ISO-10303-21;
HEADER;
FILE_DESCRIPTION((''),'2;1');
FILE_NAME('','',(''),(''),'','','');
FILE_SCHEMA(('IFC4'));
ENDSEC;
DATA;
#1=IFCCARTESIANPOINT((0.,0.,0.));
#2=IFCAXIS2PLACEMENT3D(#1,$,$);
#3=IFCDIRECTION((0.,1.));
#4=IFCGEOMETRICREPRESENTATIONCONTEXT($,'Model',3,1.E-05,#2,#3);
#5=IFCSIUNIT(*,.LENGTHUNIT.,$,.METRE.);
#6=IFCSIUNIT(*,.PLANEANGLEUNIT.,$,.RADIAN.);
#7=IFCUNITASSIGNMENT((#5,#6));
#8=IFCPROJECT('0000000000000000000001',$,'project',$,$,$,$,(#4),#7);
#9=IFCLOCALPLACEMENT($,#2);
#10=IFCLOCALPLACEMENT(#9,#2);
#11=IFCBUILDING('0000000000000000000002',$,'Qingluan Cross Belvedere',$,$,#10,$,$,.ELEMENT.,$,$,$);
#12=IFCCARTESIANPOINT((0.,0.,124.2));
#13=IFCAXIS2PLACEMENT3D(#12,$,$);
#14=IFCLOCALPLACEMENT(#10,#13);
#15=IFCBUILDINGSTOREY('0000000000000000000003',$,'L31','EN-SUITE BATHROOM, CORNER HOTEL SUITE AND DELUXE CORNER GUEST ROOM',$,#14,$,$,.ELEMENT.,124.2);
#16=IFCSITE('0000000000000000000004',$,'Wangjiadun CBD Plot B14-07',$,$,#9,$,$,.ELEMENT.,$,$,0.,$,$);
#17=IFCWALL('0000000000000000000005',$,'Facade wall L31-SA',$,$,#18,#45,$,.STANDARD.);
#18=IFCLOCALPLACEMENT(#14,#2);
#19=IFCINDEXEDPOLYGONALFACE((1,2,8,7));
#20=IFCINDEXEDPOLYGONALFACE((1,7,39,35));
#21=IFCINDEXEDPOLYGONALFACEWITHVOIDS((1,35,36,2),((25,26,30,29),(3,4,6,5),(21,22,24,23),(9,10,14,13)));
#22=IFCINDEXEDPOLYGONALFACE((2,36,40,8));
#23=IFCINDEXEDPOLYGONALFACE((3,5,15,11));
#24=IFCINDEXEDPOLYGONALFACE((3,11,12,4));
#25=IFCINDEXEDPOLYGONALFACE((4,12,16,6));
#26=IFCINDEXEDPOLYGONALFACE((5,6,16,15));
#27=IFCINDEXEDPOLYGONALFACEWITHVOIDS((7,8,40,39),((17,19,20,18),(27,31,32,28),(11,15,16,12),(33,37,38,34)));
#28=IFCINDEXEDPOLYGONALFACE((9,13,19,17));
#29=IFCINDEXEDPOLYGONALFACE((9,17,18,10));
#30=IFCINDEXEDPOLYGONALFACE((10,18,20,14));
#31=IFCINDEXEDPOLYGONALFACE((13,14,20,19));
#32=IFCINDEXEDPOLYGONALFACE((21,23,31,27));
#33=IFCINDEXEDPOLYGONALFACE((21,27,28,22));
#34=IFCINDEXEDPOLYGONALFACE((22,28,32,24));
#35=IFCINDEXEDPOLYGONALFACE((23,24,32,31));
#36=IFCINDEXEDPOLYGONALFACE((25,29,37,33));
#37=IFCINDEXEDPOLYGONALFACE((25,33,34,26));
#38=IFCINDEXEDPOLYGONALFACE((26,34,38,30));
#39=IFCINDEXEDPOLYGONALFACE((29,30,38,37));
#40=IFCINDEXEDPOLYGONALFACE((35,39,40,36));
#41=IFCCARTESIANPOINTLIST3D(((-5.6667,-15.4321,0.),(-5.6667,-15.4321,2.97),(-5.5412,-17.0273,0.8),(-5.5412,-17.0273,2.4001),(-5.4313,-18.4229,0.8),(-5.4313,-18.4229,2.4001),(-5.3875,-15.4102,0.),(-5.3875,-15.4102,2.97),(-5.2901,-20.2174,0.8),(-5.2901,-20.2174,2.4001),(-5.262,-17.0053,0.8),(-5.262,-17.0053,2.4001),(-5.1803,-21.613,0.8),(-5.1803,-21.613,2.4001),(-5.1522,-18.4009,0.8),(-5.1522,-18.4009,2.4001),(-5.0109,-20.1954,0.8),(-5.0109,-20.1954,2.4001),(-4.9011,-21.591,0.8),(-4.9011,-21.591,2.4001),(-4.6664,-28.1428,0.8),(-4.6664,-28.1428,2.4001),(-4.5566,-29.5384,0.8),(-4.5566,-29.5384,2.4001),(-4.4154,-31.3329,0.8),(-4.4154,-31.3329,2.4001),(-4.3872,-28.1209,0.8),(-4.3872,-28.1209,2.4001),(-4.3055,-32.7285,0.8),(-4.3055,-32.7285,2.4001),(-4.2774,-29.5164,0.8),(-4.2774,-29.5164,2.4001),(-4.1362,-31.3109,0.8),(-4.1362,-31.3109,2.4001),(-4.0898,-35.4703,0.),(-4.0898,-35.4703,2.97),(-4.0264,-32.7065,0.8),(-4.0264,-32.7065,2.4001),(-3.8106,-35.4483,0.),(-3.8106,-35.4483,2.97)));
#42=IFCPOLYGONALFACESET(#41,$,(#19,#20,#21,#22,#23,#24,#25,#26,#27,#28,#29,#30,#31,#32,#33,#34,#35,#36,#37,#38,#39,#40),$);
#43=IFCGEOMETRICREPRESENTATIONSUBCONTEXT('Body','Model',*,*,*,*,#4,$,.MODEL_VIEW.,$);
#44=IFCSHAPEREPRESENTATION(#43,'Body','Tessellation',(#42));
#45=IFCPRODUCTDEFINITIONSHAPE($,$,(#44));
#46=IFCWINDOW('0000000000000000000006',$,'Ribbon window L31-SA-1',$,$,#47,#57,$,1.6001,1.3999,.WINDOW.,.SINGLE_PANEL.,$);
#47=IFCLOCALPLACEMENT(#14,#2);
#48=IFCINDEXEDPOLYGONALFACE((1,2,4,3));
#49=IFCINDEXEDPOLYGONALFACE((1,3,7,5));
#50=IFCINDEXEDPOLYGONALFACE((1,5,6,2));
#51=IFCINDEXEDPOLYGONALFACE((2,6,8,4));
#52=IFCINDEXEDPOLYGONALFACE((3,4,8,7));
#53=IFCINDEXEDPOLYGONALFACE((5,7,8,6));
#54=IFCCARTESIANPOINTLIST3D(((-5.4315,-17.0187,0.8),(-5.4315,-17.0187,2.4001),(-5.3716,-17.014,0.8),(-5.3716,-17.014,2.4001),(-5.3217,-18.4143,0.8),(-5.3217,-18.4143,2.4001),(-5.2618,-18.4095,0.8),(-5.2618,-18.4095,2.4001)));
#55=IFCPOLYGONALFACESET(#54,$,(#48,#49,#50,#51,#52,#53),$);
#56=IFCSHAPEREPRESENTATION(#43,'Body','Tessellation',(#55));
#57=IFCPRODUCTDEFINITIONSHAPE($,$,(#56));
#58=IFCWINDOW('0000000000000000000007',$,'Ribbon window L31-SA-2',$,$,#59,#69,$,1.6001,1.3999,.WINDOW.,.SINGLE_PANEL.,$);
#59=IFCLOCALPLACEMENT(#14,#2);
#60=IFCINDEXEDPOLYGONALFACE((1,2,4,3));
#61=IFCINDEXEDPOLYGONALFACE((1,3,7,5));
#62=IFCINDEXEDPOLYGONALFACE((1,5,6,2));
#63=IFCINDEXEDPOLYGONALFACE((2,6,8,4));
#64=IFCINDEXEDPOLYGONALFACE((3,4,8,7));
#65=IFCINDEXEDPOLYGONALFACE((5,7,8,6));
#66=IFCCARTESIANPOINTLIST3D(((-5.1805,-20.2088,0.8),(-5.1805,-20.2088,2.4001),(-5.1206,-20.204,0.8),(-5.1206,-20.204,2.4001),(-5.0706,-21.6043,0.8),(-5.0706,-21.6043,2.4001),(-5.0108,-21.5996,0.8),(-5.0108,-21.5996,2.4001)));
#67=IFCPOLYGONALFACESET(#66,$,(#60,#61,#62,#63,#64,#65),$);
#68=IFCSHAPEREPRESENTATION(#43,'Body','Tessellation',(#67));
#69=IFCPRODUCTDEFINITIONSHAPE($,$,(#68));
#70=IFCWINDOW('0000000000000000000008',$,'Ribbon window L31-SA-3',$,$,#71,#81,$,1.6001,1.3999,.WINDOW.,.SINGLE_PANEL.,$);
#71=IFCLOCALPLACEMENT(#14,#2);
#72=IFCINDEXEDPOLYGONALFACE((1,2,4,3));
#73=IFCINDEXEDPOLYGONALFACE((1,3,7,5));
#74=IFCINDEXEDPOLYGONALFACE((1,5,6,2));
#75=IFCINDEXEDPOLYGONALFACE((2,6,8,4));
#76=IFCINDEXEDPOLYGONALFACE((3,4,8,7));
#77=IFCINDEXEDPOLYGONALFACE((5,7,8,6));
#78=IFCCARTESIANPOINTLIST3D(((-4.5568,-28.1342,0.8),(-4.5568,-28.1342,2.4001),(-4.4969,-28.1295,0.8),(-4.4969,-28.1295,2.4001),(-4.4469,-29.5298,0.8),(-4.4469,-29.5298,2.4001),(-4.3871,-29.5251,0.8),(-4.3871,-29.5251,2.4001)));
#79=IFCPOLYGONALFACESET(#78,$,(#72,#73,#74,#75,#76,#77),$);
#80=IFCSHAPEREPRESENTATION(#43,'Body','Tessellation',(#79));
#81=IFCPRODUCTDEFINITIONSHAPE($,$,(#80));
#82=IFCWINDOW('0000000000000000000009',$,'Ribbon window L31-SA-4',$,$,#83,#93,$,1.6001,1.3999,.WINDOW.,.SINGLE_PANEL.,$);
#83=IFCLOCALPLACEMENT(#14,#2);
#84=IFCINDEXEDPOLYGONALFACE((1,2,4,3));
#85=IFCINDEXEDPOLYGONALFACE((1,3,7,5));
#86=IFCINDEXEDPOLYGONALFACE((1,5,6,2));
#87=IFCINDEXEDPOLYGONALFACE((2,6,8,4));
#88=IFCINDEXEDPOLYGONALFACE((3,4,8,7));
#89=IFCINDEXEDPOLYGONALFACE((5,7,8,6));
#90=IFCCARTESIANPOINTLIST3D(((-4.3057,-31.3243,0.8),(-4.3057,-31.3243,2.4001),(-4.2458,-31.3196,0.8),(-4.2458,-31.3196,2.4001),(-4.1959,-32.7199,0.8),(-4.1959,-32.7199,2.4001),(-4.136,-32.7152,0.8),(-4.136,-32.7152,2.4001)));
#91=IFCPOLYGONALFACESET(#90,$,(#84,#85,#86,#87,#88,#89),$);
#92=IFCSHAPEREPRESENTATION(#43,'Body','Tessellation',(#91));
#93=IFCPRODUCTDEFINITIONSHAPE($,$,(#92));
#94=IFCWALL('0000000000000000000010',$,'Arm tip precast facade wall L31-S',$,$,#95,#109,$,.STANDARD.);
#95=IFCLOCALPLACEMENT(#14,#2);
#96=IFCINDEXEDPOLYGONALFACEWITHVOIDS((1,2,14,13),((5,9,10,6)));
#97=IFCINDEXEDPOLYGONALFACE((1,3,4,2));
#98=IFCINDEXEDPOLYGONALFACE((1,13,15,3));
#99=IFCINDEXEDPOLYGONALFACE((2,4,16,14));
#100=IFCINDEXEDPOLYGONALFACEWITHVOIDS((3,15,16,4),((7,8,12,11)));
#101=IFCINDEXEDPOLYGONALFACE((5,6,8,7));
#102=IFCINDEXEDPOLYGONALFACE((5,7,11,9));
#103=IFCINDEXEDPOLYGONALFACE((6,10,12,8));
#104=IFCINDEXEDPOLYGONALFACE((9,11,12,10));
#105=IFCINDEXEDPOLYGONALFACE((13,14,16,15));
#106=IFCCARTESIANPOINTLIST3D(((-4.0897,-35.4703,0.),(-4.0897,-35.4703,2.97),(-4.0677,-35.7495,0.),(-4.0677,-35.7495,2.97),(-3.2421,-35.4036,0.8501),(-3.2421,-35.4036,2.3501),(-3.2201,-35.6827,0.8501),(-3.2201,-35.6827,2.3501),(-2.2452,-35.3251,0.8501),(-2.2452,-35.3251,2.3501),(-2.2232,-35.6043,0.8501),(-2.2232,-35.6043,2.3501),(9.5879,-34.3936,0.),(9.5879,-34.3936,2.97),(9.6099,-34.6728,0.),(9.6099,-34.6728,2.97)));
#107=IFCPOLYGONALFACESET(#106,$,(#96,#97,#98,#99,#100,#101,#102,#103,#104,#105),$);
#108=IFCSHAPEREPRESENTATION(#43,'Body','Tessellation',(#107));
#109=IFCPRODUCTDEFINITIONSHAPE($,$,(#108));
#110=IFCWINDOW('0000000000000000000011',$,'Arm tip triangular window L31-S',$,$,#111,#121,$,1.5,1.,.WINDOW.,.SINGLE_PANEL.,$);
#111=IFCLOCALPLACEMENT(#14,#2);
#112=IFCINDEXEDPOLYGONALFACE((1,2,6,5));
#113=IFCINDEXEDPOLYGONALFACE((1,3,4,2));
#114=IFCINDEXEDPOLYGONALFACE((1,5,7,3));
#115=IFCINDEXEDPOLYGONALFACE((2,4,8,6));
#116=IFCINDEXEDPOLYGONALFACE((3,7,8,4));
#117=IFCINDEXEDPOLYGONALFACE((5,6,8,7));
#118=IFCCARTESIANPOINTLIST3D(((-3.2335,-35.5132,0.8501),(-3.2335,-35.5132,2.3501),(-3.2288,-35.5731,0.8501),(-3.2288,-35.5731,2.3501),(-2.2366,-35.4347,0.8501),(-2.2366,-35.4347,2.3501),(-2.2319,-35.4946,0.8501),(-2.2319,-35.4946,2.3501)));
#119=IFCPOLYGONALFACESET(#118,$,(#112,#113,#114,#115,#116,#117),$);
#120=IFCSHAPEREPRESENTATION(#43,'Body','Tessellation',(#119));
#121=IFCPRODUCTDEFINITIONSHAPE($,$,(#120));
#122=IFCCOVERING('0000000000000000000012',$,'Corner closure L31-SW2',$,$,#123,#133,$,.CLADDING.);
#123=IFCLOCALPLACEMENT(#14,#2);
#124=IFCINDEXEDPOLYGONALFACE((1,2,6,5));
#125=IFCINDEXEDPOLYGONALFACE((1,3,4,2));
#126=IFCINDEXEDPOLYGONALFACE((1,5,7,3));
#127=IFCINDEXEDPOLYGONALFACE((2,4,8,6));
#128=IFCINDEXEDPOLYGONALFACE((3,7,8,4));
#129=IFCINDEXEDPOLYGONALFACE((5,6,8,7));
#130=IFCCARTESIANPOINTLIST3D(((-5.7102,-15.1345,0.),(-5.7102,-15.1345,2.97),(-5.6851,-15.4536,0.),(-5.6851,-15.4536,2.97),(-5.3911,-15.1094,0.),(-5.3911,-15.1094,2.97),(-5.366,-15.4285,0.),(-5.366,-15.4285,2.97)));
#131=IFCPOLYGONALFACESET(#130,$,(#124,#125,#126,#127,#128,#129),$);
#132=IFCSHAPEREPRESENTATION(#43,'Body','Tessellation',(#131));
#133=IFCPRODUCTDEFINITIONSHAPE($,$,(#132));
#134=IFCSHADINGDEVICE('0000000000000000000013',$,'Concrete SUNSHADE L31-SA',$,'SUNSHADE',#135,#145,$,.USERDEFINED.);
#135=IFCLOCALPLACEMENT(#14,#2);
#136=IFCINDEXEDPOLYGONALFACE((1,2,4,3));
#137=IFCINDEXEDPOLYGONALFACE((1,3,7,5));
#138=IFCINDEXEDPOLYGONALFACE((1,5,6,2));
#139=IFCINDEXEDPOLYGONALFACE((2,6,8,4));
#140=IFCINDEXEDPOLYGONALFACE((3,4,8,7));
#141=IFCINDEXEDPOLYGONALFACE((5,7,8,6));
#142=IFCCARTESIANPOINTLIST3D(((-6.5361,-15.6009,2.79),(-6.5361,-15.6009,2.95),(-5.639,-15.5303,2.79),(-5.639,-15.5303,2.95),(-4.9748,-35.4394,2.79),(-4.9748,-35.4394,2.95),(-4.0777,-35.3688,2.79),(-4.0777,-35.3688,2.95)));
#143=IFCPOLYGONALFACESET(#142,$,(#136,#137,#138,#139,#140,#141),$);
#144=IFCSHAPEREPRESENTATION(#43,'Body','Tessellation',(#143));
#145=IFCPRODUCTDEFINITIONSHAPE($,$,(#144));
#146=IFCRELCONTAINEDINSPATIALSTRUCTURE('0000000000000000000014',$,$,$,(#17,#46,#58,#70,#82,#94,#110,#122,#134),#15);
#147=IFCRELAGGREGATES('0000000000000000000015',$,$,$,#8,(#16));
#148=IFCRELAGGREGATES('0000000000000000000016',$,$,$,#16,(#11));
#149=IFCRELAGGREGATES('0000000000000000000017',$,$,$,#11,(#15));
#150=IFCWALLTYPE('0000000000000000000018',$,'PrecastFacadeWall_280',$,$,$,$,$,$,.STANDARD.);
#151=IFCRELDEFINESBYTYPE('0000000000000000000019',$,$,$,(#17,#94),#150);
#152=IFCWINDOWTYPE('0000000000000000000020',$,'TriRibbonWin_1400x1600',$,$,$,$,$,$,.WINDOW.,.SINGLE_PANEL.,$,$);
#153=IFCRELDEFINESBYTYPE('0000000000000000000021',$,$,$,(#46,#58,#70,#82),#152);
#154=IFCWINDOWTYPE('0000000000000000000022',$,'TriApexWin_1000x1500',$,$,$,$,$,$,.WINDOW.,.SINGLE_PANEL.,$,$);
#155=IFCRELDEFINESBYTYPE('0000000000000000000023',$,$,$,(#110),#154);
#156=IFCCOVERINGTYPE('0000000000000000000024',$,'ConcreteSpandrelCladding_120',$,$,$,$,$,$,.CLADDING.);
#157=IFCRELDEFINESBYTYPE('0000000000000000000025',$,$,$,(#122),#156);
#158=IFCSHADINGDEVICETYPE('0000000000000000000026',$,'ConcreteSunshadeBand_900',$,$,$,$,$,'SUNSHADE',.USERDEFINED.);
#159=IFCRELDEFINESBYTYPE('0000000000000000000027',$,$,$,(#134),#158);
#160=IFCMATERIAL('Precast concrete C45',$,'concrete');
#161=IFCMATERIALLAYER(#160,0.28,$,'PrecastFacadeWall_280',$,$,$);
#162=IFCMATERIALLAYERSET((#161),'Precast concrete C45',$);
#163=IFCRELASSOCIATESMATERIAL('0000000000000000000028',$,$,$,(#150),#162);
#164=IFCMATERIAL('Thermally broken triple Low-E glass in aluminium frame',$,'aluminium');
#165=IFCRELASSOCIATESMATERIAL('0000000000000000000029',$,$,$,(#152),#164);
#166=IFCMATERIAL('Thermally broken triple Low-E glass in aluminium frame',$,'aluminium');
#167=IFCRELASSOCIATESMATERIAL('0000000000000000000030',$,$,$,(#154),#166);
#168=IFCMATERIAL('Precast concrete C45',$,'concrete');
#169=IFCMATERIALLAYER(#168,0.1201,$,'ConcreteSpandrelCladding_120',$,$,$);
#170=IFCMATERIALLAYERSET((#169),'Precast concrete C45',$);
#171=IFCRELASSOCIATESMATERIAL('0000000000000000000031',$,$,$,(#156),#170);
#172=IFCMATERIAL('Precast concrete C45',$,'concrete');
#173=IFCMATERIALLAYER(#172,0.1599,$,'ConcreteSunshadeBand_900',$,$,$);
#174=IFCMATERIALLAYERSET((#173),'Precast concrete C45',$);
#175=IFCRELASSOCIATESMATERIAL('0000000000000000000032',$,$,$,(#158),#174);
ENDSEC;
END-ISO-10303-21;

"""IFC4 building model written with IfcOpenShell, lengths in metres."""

from ifc_helpers import new_model, si_unit, direction, frame, frame_2d, origin, origin_2d, place, context, subcontext, project, spatial, rectangle, extrude, material, layer, layer_set, type_object, element, fill, save


model = new_model("IFC4")

# Units and contexts
model_context = context("Model", 3, precision=1e-05, world=origin(), true_north=direction((0.0, 1.0)))
body_context = subcontext(model_context, "Body", "Model", "MODEL_VIEW")
ifc_project = project(units=[si_unit("LENGTHUNIT", "METRE"), si_unit("PLANEANGLEUNIT", "RADIAN")], contexts=[model_context])

# Site, building, storey
site_placement = place(None, origin())
site = spatial("IfcSite", under=ifc_project, at=site_placement, Name="Wangjiadun CBD Plot B14-07", CompositionType="ELEMENT", RefElevation=0.0)
building_placement = place(site_placement, origin())
building = spatial("IfcBuilding", under=site, at=building_placement, Name="Qingluan Cross Belvedere", CompositionType="ELEMENT")
storey_placement = place(building_placement, frame((0.0, 0.0, 124.2)))
storey = spatial("IfcBuildingStorey", under=building, at=storey_placement, Name="L31", Description="EN-SUITE BATHROOM, CORNER HOTEL SUITE AND DELUXE CORNER GUEST ROOM", CompositionType="ELEMENT", Elevation=124.2)

# Wall, openings, windows
ifc_material_1 = material(Name="Precast concrete C45", Category="concrete")
ifc_layer_1 = layer(ifc_material_1, 0.28, Name="PrecastFacadeWall_280")
ifc_layer_set_1 = layer_set([ifc_layer_1], Name="Precast concrete C45")
wall_type_1 = type_object("IfcWallType", Name="PrecastFacadeWall_280", PredefinedType="STANDARD", material=ifc_layer_set_1)
wall_1_placement = place(storey_placement, frame((-5.5271, -15.4211, 0.0), z_axis=(0.0, 0.0, 1.0), x_axis=(0.078453, -0.996918, 0.0)))
wall_1 = element("IfcWall", 1, at=wall_1_placement, inside=storey, type_object=wall_type_1, Name="Facade wall L31-SA", PredefinedType="STANDARD", context=body_context, shape_type="SweptSolid", body=[
    extrude(rectangle(XDim=20.1001, YDim=0.28, at=frame_2d((10.05, 0.0))), origin(), (0.0, 0.0, 1.0), 2.97),
])
opening_1_placement = place(wall_1_placement, frame((1.6001, 0.0, 0.8)))
opening_1 = element("IfcOpeningElement", 2, at=opening_1_placement, cuts=wall_1, PredefinedType="OPENING", context=body_context, shape_type="SweptSolid", body=[
    extrude(rectangle(XDim=1.3999, YDim=1.6001, at=frame_2d((0.7, 0.8))), frame((0.0, 0.1499, 0.0), z_axis=(0.0, -1.0, 0.0), x_axis=(1.0, 0.0, 0.0)), (0.0, 0.0, 1.0), 0.3),
])
opening_2_placement = place(wall_1_placement, frame((4.8, 0.0, 0.8)))
opening_2 = element("IfcOpeningElement", 3, at=opening_2_placement, cuts=wall_1, PredefinedType="OPENING", context=body_context, shape_type="SweptSolid", body=[
    extrude(rectangle(XDim=1.3999, YDim=1.6001, at=frame_2d((0.7, 0.8))), frame((0.0, 0.1499, 0.0), z_axis=(0.0, -1.0, 0.0), x_axis=(1.0, 0.0, 0.0)), (0.0, 0.0, 1.0), 0.3),
])
opening_3_placement = place(wall_1_placement, frame((12.75, 0.0, 0.8)))
opening_3 = element("IfcOpeningElement", 4, at=opening_3_placement, cuts=wall_1, PredefinedType="OPENING", context=body_context, shape_type="SweptSolid", body=[
    extrude(rectangle(XDim=1.3999, YDim=1.6001, at=frame_2d((0.7, 0.8))), frame((0.0, 0.1499, 0.0), z_axis=(0.0, -1.0, 0.0), x_axis=(1.0, 0.0, 0.0)), (0.0, 0.0, 1.0), 0.3),
])
opening_4_placement = place(wall_1_placement, frame((15.95, 0.0, 0.8)))
opening_4 = element("IfcOpeningElement", 5, at=opening_4_placement, cuts=wall_1, PredefinedType="OPENING", context=body_context, shape_type="SweptSolid", body=[
    extrude(rectangle(XDim=1.3999, YDim=1.6001, at=frame_2d((0.7, 0.8))), frame((0.0, 0.1499, 0.0), z_axis=(0.0, -1.0, 0.0), x_axis=(1.0, 0.0, 0.0)), (0.0, 0.0, 1.0), 0.3),
])
ifc_material_2 = material(Name="Thermally broken triple Low-E glass in aluminium frame", Category="aluminium")
window_type_1 = type_object("IfcWindowType", Name="TriRibbonWin_1400x1600", PartitioningType="SINGLE_PANEL", PredefinedType="WINDOW", material=ifc_material_2)
window_1_placement = place(opening_1_placement, origin())
window_1 = element("IfcWindow", 6, at=window_1_placement, inside=storey, type_object=window_type_1, Name="Ribbon window L31-SA-1", OverallHeight=1.6001, OverallWidth=1.3999, PartitioningType="SINGLE_PANEL", PredefinedType="WINDOW", context=body_context, shape_type="SweptSolid", body=[
    extrude(rectangle(XDim=1.3999, YDim=1.6001, at=frame_2d((0.7, 0.8))), frame((0.0, 0.03, 0.0), z_axis=(0.0, -1.0, 0.0), x_axis=(1.0, 0.0, 0.0)), (0.0, 0.0, 1.0), 0.0601),
])
fill(opening_1, window_1)
window_2_placement = place(opening_2_placement, origin())
window_2 = element("IfcWindow", 7, at=window_2_placement, inside=storey, type_object=window_type_1, Name="Ribbon window L31-SA-2", OverallHeight=1.6001, OverallWidth=1.3999, PartitioningType="SINGLE_PANEL", PredefinedType="WINDOW", context=body_context, shape_type="SweptSolid", body=[
    extrude(rectangle(XDim=1.3999, YDim=1.6001, at=frame_2d((0.7, 0.8))), frame((0.0, 0.03, 0.0), z_axis=(0.0, -1.0, 0.0), x_axis=(1.0, 0.0, 0.0)), (0.0, 0.0, 1.0), 0.0601),
])
fill(opening_2, window_2)
window_3_placement = place(opening_3_placement, origin())
window_3 = element("IfcWindow", 8, at=window_3_placement, inside=storey, type_object=window_type_1, Name="Ribbon window L31-SA-3", OverallHeight=1.6001, OverallWidth=1.3999, PartitioningType="SINGLE_PANEL", PredefinedType="WINDOW", context=body_context, shape_type="SweptSolid", body=[
    extrude(rectangle(XDim=1.3999, YDim=1.6001, at=frame_2d((0.7, 0.8))), frame((0.0, 0.03, 0.0), z_axis=(0.0, -1.0, 0.0), x_axis=(1.0, 0.0, 0.0)), (0.0, 0.0, 1.0), 0.0601),
])
fill(opening_3, window_3)
window_4_placement = place(opening_4_placement, origin())
window_4 = element("IfcWindow", 9, at=window_4_placement, inside=storey, type_object=window_type_1, Name="Ribbon window L31-SA-4", OverallHeight=1.6001, OverallWidth=1.3999, PartitioningType="SINGLE_PANEL", PredefinedType="WINDOW", context=body_context, shape_type="SweptSolid", body=[
    extrude(rectangle(XDim=1.3999, YDim=1.6001, at=frame_2d((0.7, 0.8))), frame((0.0, 0.03, 0.0), z_axis=(0.0, -1.0, 0.0), x_axis=(1.0, 0.0, 0.0)), (0.0, 0.0, 1.0), 0.0601),
])
fill(opening_4, window_4)

# Wall, opening, window
wall_2_placement = place(storey_placement, frame((-4.0786, -35.6099, 0.0), z_axis=(0.0, 0.0, 1.0), x_axis=(0.996916, 0.078474, 0.0)))
wall_2 = element("IfcWall", 10, at=wall_2_placement, inside=storey, type_object=wall_type_1, Name="Arm tip precast facade wall L31-S", PredefinedType="STANDARD", context=body_context, shape_type="SweptSolid", body=[
    extrude(rectangle(XDim=13.72, YDim=0.28, at=frame_2d((6.8599, 0.0))), origin(), (0.0, 0.0, 1.0), 2.97),
])
opening_5_placement = place(wall_2_placement, frame((0.8501, 0.0, 0.8501)))
opening_5 = element("IfcOpeningElement", 11, at=opening_5_placement, cuts=wall_2, PredefinedType="OPENING", context=body_context, shape_type="SweptSolid", body=[
    extrude(rectangle(XDim=1.0, YDim=1.5, at=frame_2d((0.5, 0.75))), frame((0.0, 0.1499, 0.0), z_axis=(0.0, -1.0, 0.0), x_axis=(1.0, 0.0, 0.0)), (0.0, 0.0, 1.0), 0.3),
])
ifc_material_3 = material(Name="Thermally broken triple Low-E glass in aluminium frame", Category="aluminium")
window_type_2 = type_object("IfcWindowType", Name="TriApexWin_1000x1500", PartitioningType="SINGLE_PANEL", PredefinedType="WINDOW", material=ifc_material_3)
window_5_placement = place(opening_5_placement, origin())
window_5 = element("IfcWindow", 12, at=window_5_placement, inside=storey, type_object=window_type_2, Name="Arm tip triangular window L31-S", OverallHeight=1.5, OverallWidth=1.0, PartitioningType="SINGLE_PANEL", PredefinedType="WINDOW", context=body_context, shape_type="SweptSolid", body=[
    extrude(rectangle(XDim=1.0, YDim=1.5, at=frame_2d((0.5, 0.75))), frame((0.0, 0.03, 0.0), z_axis=(0.0, -1.0, 0.0), x_axis=(1.0, 0.0, 0.0)), (0.0, 0.0, 1.0), 0.0601),
])
fill(opening_5, window_5)

# Covering
ifc_material_4 = material(Name="Precast concrete C45", Category="concrete")
ifc_layer_2 = layer(ifc_material_4, 0.1201, Name="ConcreteSpandrelCladding_120")
ifc_layer_set_2 = layer_set([ifc_layer_2], Name="Precast concrete C45")
covering_type = type_object("IfcCoveringType", Name="ConcreteSpandrelCladding_120", PredefinedType="CLADDING", material=ifc_layer_set_2)
covering_placement = place(storey_placement, frame((-5.5381, -15.2815, 0.0), z_axis=(0.0, 0.0, 1.0), x_axis=(0.996917, 0.078459, 0.0)))
element("IfcCovering", 13, at=covering_placement, inside=storey, type_object=covering_type, Name="Corner closure L31-SW2", PredefinedType="CLADDING", context=body_context, shape_type="SweptSolid", body=[
    extrude(rectangle(XDim=0.3201, YDim=0.3201, at=origin_2d()), origin(), (0.0, 0.0, 1.0), 2.97),
])

# Shading device
ifc_material_5 = material(Name="Precast concrete C45", Category="concrete")
ifc_layer_3 = layer(ifc_material_5, 0.1599, Name="ConcreteSunshadeBand_900")
ifc_layer_set_3 = layer_set([ifc_layer_3], Name="Precast concrete C45")
shading_device_type = type_object("IfcShadingDeviceType", Name="ConcreteSunshadeBand_900", ElementType="SUNSHADE", PredefinedType="USERDEFINED", material=ifc_layer_set_3)
shading_device_placement = place(storey_placement, frame((-5.3069, -25.4849, 2.79), z_axis=(0.0, 0.0, 1.0), x_axis=(0.078458, -0.996917, 0.0)))
element("IfcShadingDevice", 14, at=shading_device_placement, inside=storey, type_object=shading_device_type, Name="Concrete SUNSHADE L31-SA", ObjectType="SUNSHADE", PredefinedType="USERDEFINED", context=body_context, shape_type="SweptSolid", body=[
    extrude(rectangle(XDim=19.8999, YDim=0.8999, at=origin_2d()), origin(), (0.0, 0.0, 1.0), 0.1599),
])

save(model, "model.ifc")
